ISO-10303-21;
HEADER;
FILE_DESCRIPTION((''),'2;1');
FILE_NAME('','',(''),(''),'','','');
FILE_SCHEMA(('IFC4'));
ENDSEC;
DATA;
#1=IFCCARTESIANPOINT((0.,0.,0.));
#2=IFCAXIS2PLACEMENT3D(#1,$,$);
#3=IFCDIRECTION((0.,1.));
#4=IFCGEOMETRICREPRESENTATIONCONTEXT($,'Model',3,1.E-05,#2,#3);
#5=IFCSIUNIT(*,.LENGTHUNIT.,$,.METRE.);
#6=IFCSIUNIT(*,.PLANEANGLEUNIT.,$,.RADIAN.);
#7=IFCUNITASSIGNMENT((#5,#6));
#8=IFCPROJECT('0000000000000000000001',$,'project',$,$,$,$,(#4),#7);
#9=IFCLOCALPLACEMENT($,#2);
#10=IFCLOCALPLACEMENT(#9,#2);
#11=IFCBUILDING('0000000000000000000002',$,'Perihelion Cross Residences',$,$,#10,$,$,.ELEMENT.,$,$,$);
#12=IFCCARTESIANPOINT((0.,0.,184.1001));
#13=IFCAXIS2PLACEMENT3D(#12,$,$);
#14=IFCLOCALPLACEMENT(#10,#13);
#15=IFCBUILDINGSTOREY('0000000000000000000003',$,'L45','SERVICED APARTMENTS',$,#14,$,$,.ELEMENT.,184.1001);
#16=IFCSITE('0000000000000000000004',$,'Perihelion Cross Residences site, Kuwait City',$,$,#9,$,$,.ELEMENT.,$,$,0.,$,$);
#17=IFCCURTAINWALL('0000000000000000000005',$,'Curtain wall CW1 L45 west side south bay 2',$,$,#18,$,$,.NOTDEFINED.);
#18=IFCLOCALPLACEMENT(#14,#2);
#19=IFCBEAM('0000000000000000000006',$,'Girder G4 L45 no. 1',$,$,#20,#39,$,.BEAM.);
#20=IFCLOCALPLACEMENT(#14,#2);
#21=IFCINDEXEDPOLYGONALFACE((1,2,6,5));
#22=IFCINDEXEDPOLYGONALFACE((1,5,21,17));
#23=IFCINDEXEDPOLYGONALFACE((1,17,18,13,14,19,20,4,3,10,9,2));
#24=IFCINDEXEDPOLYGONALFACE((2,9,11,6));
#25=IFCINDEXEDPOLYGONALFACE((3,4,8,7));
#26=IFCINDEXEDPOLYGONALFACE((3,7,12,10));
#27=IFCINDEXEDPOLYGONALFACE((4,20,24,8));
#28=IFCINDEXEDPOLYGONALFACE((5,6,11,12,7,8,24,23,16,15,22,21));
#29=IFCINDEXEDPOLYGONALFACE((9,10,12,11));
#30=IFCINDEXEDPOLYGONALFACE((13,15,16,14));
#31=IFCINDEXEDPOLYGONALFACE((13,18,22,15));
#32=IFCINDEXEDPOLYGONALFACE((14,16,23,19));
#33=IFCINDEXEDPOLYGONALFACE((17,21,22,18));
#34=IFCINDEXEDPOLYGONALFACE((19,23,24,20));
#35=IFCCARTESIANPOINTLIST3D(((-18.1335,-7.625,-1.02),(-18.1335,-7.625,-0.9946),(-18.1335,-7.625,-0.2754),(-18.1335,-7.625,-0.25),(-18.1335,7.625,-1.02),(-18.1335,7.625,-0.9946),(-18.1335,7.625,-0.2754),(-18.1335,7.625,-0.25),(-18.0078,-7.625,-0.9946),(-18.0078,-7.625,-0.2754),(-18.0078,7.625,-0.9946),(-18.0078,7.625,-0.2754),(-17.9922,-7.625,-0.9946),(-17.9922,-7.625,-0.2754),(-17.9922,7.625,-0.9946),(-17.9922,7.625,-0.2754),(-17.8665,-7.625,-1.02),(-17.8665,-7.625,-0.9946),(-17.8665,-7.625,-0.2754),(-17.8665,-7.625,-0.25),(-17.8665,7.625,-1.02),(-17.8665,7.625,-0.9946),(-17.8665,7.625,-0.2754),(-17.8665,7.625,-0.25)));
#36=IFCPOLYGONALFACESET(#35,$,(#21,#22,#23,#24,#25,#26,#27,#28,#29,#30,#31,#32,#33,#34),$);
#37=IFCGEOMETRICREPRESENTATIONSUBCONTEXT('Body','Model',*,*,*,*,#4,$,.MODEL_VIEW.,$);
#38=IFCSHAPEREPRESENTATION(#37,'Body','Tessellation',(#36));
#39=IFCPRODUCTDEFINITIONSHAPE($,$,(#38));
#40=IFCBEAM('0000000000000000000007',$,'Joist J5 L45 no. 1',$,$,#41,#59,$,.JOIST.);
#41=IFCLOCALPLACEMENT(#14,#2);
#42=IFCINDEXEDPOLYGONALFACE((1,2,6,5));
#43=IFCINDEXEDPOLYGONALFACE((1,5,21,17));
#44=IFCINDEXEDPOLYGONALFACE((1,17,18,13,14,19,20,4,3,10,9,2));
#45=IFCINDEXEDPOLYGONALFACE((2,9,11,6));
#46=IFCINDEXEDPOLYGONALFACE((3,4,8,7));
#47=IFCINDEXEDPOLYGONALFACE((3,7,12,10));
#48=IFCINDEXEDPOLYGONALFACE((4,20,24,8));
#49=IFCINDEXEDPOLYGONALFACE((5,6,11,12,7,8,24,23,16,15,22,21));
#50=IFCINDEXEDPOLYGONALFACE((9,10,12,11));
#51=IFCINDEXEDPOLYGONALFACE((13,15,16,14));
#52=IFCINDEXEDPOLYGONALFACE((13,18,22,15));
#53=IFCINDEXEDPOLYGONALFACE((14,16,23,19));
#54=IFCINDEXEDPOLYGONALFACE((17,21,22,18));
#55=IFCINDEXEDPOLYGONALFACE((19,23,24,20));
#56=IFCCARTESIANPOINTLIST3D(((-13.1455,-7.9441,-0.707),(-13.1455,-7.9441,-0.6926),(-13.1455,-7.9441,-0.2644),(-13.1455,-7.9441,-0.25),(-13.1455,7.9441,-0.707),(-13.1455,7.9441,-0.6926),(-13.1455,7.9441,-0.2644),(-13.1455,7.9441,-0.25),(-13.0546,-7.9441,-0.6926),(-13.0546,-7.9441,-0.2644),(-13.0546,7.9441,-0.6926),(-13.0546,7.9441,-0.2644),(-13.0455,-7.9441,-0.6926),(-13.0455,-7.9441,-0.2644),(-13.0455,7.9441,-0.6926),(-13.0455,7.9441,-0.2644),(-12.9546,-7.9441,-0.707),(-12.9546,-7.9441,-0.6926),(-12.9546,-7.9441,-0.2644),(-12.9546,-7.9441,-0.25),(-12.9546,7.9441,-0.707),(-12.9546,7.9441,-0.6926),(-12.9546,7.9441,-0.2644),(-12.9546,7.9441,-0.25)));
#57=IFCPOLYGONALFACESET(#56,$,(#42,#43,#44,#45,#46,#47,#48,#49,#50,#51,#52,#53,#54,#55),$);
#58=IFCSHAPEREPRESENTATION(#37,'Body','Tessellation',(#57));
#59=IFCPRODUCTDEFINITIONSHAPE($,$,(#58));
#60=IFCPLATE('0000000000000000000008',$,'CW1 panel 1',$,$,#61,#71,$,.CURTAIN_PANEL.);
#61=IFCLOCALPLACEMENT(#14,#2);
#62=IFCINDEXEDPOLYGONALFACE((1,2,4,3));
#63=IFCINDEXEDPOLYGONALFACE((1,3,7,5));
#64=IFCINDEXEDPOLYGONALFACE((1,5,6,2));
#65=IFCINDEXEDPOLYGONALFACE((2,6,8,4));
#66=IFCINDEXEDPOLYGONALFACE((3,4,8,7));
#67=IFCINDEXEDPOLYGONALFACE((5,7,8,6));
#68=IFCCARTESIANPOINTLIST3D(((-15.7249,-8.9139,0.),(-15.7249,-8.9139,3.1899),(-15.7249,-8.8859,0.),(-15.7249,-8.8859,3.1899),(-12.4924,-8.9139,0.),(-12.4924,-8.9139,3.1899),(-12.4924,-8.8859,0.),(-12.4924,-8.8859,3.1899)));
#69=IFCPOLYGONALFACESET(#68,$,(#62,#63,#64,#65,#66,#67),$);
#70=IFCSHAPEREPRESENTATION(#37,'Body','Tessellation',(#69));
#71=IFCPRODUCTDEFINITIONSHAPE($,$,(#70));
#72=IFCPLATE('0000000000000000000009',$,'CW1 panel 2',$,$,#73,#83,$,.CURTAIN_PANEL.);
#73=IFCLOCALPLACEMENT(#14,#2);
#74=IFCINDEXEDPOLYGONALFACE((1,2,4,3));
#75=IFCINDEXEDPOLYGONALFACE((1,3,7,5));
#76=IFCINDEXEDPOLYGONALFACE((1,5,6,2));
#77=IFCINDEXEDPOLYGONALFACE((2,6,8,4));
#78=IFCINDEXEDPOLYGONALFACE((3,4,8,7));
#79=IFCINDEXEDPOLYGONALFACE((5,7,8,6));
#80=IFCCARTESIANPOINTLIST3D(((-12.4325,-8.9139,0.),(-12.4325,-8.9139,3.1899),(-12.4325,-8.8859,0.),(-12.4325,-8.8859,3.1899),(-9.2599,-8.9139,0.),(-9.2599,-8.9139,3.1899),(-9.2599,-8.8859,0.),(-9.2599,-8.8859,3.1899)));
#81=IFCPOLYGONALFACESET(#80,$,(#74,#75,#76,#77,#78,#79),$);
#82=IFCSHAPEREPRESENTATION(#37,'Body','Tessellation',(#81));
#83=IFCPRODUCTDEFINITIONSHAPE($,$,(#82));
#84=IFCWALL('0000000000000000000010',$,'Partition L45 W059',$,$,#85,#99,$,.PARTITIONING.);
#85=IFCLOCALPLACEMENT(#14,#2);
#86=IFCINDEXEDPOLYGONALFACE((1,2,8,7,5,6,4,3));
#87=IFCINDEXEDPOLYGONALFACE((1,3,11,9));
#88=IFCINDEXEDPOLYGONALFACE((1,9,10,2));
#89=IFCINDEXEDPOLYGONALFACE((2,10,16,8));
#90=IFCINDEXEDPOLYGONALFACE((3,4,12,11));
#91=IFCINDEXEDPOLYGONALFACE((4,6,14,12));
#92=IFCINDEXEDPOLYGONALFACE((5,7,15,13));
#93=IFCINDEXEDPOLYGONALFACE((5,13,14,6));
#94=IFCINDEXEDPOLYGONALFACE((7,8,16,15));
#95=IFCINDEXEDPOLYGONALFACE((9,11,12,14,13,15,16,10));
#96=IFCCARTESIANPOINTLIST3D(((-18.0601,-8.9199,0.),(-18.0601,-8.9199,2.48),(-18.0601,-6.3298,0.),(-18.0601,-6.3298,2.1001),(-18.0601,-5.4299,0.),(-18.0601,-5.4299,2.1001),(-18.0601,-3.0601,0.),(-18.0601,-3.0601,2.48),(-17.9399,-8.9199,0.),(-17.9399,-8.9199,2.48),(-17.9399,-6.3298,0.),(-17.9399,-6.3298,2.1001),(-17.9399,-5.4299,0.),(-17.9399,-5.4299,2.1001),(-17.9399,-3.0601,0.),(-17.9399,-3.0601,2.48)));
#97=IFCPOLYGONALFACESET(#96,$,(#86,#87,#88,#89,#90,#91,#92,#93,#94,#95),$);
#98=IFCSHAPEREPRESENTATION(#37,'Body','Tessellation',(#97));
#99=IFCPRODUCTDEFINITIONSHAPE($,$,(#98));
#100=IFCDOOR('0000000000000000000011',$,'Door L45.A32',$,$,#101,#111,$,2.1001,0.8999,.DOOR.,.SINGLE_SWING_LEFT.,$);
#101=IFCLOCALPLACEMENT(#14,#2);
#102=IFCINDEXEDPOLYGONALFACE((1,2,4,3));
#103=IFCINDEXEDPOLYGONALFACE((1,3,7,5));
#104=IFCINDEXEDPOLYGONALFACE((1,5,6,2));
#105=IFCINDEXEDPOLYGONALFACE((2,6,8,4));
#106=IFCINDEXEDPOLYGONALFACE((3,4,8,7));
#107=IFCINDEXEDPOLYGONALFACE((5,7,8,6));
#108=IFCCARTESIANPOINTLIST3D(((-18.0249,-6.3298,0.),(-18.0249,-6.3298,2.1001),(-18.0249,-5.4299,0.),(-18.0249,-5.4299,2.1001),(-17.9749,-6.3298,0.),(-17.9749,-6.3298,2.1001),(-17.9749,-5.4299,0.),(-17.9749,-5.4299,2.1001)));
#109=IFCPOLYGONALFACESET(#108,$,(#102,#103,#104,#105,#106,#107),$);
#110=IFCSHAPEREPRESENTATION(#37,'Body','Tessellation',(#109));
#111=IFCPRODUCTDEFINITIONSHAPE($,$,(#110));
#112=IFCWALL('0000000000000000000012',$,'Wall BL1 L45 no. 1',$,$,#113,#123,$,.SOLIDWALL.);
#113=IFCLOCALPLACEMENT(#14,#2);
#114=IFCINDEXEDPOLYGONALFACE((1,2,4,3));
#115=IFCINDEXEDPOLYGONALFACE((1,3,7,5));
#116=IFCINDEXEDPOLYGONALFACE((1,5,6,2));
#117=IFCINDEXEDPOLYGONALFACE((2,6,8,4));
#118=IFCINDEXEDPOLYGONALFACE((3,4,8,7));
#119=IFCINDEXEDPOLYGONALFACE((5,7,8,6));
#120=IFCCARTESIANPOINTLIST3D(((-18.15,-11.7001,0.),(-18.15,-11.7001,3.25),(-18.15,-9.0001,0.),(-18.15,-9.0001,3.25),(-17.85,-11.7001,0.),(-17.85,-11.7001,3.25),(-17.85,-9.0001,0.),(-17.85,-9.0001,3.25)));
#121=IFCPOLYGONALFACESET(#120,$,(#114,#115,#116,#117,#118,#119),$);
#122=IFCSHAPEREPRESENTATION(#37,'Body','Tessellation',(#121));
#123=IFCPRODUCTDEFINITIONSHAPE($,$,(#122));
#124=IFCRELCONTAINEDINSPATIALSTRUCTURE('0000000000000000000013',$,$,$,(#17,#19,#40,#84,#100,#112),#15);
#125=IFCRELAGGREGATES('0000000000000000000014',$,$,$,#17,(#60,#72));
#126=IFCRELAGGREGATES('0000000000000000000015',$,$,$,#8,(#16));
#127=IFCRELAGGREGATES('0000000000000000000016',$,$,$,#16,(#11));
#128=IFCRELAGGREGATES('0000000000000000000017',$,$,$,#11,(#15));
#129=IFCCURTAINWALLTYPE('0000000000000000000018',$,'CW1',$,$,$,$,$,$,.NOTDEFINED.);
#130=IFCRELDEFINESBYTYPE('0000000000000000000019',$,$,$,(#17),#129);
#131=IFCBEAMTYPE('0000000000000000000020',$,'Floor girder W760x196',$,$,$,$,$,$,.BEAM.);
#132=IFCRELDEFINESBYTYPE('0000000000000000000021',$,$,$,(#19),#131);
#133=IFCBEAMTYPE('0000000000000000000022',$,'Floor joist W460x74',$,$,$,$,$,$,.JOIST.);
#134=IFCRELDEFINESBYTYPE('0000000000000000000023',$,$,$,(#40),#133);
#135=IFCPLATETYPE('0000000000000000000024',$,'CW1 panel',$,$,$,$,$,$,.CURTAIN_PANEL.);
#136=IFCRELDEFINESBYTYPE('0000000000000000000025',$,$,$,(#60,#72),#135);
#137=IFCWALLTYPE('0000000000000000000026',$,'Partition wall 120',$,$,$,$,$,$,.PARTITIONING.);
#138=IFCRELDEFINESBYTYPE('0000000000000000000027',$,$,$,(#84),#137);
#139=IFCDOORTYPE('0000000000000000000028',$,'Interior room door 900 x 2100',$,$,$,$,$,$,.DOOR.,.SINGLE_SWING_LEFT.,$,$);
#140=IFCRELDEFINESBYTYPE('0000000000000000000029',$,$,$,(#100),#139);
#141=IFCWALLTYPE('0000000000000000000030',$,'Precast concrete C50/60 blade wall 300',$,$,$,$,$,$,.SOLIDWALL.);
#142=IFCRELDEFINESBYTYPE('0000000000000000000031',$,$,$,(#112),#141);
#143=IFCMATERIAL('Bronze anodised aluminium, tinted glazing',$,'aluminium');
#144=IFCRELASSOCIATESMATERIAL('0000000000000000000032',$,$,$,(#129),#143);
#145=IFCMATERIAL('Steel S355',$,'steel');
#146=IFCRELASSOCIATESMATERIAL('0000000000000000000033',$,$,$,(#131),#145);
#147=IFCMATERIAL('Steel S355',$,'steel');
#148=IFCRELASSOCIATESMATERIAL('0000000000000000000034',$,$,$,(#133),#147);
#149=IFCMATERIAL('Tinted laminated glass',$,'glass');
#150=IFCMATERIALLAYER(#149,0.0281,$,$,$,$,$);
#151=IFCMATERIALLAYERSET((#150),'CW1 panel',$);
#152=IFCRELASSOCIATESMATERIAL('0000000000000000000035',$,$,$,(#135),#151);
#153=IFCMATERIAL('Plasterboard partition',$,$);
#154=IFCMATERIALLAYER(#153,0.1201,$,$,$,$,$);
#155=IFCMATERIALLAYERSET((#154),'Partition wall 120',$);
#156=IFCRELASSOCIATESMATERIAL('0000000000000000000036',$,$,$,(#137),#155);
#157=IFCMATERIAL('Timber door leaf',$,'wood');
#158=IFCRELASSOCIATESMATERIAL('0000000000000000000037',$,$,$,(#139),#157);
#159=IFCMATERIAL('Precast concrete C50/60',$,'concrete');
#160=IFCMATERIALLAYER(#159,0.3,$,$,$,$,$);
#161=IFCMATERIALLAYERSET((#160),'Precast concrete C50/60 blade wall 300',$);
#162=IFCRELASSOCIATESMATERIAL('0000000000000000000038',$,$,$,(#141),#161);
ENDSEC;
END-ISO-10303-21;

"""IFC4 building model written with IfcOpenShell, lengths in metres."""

from ifc_helpers import new_model, si_unit, direction, frame, frame_2d, origin, origin_2d, place, context, subcontext, project, spatial, rectangle, i_section, extrude, material, layer, layer_set, material_profile, profile_set, type_object, element, fill, aggregate, save


model = new_model("IFC4")

# Units and contexts
model_context = context("Model", 3, precision=1e-05, world=origin(), true_north=direction((0.0, 1.0)))
body_context = subcontext(model_context, "Body", "Model", "MODEL_VIEW")
ifc_project = project(units=[si_unit("LENGTHUNIT", "METRE"), si_unit("PLANEANGLEUNIT", "RADIAN")], contexts=[model_context])

# Site, building, storey
site_placement = place(None, origin())
site = spatial("IfcSite", under=ifc_project, at=site_placement, Name="Perihelion Cross Residences site, Kuwait City", CompositionType="ELEMENT", RefElevation=0.0)
building_placement = place(site_placement, origin())
building = spatial("IfcBuilding", under=site, at=building_placement, Name="Perihelion Cross Residences", CompositionType="ELEMENT")
storey_placement = place(building_placement, frame((0.0, 0.0, 184.1001)))
storey = spatial("IfcBuildingStorey", under=building, at=storey_placement, Name="L45", Description="SERVICED APARTMENTS", CompositionType="ELEMENT", Elevation=184.1001)

# Curtain wall
ifc_material_1 = material(Name="Bronze anodised aluminium, tinted glazing", Category="aluminium")
curtain_wall_type = type_object("IfcCurtainWallType", Name="CW1", PredefinedType="NOTDEFINED", material=ifc_material_1)
curtain_wall_placement = place(storey_placement, origin())
curtain_wall = element("IfcCurtainWall", 1, at=curtain_wall_placement, inside=storey, type_object=curtain_wall_type, Name="Curtain wall CW1 L45 west side south bay 2", PredefinedType="NOTDEFINED")

# Beams
ifc_material_2 = material(Name="Steel S355", Category="steel")
ifc_material_profile_1 = material_profile(ifc_material_2, i_section(OverallWidth=0.2671, OverallDepth=0.77, WebThickness=0.0156, FlangeThickness=0.0254, at=origin_2d()), Name="W760x196")
ifc_profile_set_1 = profile_set([ifc_material_profile_1], Name="Steel S355")
beam_type_1 = type_object("IfcBeamType", Name="Floor girder W760x196", PredefinedType="BEAM", material=ifc_profile_set_1)
beam_1_placement = place(storey_placement, frame((-18.0, -7.625, -0.635), z_axis=(0.0, 1.0, 0.0), x_axis=(-1.0, 0.0, 0.0)))
element("IfcBeam", 2, at=beam_1_placement, inside=storey, type_object=beam_type_1, Name="Girder G4 L45 no. 1", PredefinedType="BEAM", context=body_context, shape_type="SweptSolid", body=[
    extrude(i_section(OverallWidth=0.2671, OverallDepth=0.77, WebThickness=0.0156, FlangeThickness=0.0254, at=origin_2d()), origin(), (0.0, 0.0, 1.0), 15.25),
])
ifc_material_3 = material(Name="Steel S355", Category="steel")
ifc_material_profile_2 = material_profile(ifc_material_3, i_section(OverallWidth=0.1909, OverallDepth=0.457, WebThickness=0.009, FlangeThickness=0.0144, at=origin_2d()), Name="W460x74")
ifc_profile_set_2 = profile_set([ifc_material_profile_2], Name="Steel S355")
beam_type_2 = type_object("IfcBeamType", Name="Floor joist W460x74", PredefinedType="JOIST", material=ifc_profile_set_2)
beam_2_placement = place(storey_placement, frame((-13.05, -7.9441, -0.4785), z_axis=(0.0, 1.0, 0.0), x_axis=(-1.0, 0.0, 0.0)))
element("IfcBeam", 3, at=beam_2_placement, inside=storey, type_object=beam_type_2, Name="Joist J5 L45 no. 1", PredefinedType="JOIST", context=body_context, shape_type="SweptSolid", body=[
    extrude(i_section(OverallWidth=0.1909, OverallDepth=0.457, WebThickness=0.009, FlangeThickness=0.0144, at=origin_2d()), origin(), (0.0, 0.0, 1.0), 15.8882),
])

# Plates
ifc_material_4 = material(Name="Tinted laminated glass", Category="glass")
ifc_layer_1 = layer(ifc_material_4, 0.0281)
ifc_layer_set_1 = layer_set([ifc_layer_1], Name="CW1 panel")
plate_type = type_object("IfcPlateType", Name="CW1 panel", PredefinedType="CURTAIN_PANEL", material=ifc_layer_set_1)
plate_1_placement = place(storey_placement, frame((-14.1086, -8.8999, 0.0), z_axis=(0.0, 0.0, 1.0), x_axis=(1.0, 0.0, 0.0)))
plate_1 = element("IfcPlate", 4, at=plate_1_placement, type_object=plate_type, Name="CW1 panel 1", PredefinedType="CURTAIN_PANEL", context=body_context, shape_type="SweptSolid", body=[
    extrude(rectangle(XDim=3.2324, YDim=0.0281, at=origin_2d()), origin(), (0.0, 0.0, 1.0), 3.1899),
])
plate_2_placement = place(storey_placement, frame((-10.8462, -8.8999, 0.0), z_axis=(0.0, 0.0, 1.0), x_axis=(1.0, 0.0, 0.0)))
plate_2 = element("IfcPlate", 5, at=plate_2_placement, type_object=plate_type, Name="CW1 panel 2", PredefinedType="CURTAIN_PANEL", context=body_context, shape_type="SweptSolid", body=[
    extrude(rectangle(XDim=3.1726, YDim=0.0281, at=origin_2d()), origin(), (0.0, 0.0, 1.0), 3.1899),
])
aggregate(curtain_wall, [plate_1, plate_2])

# Wall, opening, door
ifc_material_5 = material(Name="Plasterboard partition")
ifc_layer_2 = layer(ifc_material_5, 0.1201)
ifc_layer_set_2 = layer_set([ifc_layer_2], Name="Partition wall 120")
wall_type_1 = type_object("IfcWallType", Name="Partition wall 120", PredefinedType="PARTITIONING", material=ifc_layer_set_2)
wall_1_placement = place(storey_placement, frame((-18.0, -8.9199, 0.0), z_axis=(0.0, 0.0, 1.0), x_axis=(0.0, 1.0, 0.0)))
wall_1 = element("IfcWall", 6, at=wall_1_placement, inside=storey, type_object=wall_type_1, Name="Partition L45 W059", PredefinedType="PARTITIONING", context=body_context, shape_type="SweptSolid", body=[
    extrude(rectangle(XDim=5.8599, YDim=0.1201, at=frame_2d((2.9299, 0.0))), origin(), (0.0, 0.0, 1.0), 2.48),
])
opening_1_placement = place(wall_1_placement, frame((2.5901, 0.0, 0.0)))
opening_1 = element("IfcOpeningElement", 7, at=opening_1_placement, cuts=wall_1, PredefinedType="OPENING", context=body_context, shape_type="SweptSolid", body=[
    extrude(rectangle(XDim=0.8999, YDim=2.1001, at=frame_2d((0.45, 1.05))), frame((0.0, 0.0701, 0.0), z_axis=(0.0, -1.0, 0.0), x_axis=(1.0, 0.0, 0.0)), (0.0, 0.0, 1.0), 0.1401),
])
ifc_material_6 = material(Name="Timber door leaf", Category="wood")
door_type_1 = type_object("IfcDoorType", Name="Interior room door 900 x 2100", OperationType="SINGLE_SWING_LEFT", PredefinedType="DOOR", material=ifc_material_6)
door_1_placement = place(opening_1_placement, origin())
door_1 = element("IfcDoor", 8, at=door_1_placement, inside=storey, type_object=door_type_1, Name="Door L45.A32", OperationType="SINGLE_SWING_LEFT", OverallHeight=2.1001, OverallWidth=0.8999, PredefinedType="DOOR", context=body_context, shape_type="SweptSolid", body=[
    extrude(rectangle(XDim=0.8999, YDim=2.1001, at=frame_2d((0.45, 1.05))), frame((0.0, 0.0249, 0.0), z_axis=(0.0, -1.0, 0.0), x_axis=(1.0, 0.0, 0.0)), (0.0, 0.0, 1.0), 0.05),
])
fill(opening_1, door_1)

# Wall
ifc_material_7 = material(Name="Precast concrete C50/60", Category="concrete")
ifc_layer_3 = layer(ifc_material_7, 0.3)
ifc_layer_set_3 = layer_set([ifc_layer_3], Name="Precast concrete C50/60 blade wall 300")
wall_type_2 = type_object("IfcWallType", Name="Precast concrete C50/60 blade wall 300", PredefinedType="SOLIDWALL", material=ifc_layer_set_3)
wall_2_placement = place(storey_placement, frame((-18.0, -9.0, 0.0), z_axis=(0.0, 0.0, 1.0), x_axis=(0.0, -1.0, 0.0)))
element("IfcWall", 9, at=wall_2_placement, inside=storey, type_object=wall_type_2, Name="Wall BL1 L45 no. 1", PredefinedType="SOLIDWALL", context=body_context, shape_type="SweptSolid", body=[
    extrude(rectangle(XDim=2.7, YDim=0.3, at=frame_2d((1.3501, 0.0))), origin(), (0.0, 0.0, 1.0), 3.25),
])

save(model, "model.ifc")
